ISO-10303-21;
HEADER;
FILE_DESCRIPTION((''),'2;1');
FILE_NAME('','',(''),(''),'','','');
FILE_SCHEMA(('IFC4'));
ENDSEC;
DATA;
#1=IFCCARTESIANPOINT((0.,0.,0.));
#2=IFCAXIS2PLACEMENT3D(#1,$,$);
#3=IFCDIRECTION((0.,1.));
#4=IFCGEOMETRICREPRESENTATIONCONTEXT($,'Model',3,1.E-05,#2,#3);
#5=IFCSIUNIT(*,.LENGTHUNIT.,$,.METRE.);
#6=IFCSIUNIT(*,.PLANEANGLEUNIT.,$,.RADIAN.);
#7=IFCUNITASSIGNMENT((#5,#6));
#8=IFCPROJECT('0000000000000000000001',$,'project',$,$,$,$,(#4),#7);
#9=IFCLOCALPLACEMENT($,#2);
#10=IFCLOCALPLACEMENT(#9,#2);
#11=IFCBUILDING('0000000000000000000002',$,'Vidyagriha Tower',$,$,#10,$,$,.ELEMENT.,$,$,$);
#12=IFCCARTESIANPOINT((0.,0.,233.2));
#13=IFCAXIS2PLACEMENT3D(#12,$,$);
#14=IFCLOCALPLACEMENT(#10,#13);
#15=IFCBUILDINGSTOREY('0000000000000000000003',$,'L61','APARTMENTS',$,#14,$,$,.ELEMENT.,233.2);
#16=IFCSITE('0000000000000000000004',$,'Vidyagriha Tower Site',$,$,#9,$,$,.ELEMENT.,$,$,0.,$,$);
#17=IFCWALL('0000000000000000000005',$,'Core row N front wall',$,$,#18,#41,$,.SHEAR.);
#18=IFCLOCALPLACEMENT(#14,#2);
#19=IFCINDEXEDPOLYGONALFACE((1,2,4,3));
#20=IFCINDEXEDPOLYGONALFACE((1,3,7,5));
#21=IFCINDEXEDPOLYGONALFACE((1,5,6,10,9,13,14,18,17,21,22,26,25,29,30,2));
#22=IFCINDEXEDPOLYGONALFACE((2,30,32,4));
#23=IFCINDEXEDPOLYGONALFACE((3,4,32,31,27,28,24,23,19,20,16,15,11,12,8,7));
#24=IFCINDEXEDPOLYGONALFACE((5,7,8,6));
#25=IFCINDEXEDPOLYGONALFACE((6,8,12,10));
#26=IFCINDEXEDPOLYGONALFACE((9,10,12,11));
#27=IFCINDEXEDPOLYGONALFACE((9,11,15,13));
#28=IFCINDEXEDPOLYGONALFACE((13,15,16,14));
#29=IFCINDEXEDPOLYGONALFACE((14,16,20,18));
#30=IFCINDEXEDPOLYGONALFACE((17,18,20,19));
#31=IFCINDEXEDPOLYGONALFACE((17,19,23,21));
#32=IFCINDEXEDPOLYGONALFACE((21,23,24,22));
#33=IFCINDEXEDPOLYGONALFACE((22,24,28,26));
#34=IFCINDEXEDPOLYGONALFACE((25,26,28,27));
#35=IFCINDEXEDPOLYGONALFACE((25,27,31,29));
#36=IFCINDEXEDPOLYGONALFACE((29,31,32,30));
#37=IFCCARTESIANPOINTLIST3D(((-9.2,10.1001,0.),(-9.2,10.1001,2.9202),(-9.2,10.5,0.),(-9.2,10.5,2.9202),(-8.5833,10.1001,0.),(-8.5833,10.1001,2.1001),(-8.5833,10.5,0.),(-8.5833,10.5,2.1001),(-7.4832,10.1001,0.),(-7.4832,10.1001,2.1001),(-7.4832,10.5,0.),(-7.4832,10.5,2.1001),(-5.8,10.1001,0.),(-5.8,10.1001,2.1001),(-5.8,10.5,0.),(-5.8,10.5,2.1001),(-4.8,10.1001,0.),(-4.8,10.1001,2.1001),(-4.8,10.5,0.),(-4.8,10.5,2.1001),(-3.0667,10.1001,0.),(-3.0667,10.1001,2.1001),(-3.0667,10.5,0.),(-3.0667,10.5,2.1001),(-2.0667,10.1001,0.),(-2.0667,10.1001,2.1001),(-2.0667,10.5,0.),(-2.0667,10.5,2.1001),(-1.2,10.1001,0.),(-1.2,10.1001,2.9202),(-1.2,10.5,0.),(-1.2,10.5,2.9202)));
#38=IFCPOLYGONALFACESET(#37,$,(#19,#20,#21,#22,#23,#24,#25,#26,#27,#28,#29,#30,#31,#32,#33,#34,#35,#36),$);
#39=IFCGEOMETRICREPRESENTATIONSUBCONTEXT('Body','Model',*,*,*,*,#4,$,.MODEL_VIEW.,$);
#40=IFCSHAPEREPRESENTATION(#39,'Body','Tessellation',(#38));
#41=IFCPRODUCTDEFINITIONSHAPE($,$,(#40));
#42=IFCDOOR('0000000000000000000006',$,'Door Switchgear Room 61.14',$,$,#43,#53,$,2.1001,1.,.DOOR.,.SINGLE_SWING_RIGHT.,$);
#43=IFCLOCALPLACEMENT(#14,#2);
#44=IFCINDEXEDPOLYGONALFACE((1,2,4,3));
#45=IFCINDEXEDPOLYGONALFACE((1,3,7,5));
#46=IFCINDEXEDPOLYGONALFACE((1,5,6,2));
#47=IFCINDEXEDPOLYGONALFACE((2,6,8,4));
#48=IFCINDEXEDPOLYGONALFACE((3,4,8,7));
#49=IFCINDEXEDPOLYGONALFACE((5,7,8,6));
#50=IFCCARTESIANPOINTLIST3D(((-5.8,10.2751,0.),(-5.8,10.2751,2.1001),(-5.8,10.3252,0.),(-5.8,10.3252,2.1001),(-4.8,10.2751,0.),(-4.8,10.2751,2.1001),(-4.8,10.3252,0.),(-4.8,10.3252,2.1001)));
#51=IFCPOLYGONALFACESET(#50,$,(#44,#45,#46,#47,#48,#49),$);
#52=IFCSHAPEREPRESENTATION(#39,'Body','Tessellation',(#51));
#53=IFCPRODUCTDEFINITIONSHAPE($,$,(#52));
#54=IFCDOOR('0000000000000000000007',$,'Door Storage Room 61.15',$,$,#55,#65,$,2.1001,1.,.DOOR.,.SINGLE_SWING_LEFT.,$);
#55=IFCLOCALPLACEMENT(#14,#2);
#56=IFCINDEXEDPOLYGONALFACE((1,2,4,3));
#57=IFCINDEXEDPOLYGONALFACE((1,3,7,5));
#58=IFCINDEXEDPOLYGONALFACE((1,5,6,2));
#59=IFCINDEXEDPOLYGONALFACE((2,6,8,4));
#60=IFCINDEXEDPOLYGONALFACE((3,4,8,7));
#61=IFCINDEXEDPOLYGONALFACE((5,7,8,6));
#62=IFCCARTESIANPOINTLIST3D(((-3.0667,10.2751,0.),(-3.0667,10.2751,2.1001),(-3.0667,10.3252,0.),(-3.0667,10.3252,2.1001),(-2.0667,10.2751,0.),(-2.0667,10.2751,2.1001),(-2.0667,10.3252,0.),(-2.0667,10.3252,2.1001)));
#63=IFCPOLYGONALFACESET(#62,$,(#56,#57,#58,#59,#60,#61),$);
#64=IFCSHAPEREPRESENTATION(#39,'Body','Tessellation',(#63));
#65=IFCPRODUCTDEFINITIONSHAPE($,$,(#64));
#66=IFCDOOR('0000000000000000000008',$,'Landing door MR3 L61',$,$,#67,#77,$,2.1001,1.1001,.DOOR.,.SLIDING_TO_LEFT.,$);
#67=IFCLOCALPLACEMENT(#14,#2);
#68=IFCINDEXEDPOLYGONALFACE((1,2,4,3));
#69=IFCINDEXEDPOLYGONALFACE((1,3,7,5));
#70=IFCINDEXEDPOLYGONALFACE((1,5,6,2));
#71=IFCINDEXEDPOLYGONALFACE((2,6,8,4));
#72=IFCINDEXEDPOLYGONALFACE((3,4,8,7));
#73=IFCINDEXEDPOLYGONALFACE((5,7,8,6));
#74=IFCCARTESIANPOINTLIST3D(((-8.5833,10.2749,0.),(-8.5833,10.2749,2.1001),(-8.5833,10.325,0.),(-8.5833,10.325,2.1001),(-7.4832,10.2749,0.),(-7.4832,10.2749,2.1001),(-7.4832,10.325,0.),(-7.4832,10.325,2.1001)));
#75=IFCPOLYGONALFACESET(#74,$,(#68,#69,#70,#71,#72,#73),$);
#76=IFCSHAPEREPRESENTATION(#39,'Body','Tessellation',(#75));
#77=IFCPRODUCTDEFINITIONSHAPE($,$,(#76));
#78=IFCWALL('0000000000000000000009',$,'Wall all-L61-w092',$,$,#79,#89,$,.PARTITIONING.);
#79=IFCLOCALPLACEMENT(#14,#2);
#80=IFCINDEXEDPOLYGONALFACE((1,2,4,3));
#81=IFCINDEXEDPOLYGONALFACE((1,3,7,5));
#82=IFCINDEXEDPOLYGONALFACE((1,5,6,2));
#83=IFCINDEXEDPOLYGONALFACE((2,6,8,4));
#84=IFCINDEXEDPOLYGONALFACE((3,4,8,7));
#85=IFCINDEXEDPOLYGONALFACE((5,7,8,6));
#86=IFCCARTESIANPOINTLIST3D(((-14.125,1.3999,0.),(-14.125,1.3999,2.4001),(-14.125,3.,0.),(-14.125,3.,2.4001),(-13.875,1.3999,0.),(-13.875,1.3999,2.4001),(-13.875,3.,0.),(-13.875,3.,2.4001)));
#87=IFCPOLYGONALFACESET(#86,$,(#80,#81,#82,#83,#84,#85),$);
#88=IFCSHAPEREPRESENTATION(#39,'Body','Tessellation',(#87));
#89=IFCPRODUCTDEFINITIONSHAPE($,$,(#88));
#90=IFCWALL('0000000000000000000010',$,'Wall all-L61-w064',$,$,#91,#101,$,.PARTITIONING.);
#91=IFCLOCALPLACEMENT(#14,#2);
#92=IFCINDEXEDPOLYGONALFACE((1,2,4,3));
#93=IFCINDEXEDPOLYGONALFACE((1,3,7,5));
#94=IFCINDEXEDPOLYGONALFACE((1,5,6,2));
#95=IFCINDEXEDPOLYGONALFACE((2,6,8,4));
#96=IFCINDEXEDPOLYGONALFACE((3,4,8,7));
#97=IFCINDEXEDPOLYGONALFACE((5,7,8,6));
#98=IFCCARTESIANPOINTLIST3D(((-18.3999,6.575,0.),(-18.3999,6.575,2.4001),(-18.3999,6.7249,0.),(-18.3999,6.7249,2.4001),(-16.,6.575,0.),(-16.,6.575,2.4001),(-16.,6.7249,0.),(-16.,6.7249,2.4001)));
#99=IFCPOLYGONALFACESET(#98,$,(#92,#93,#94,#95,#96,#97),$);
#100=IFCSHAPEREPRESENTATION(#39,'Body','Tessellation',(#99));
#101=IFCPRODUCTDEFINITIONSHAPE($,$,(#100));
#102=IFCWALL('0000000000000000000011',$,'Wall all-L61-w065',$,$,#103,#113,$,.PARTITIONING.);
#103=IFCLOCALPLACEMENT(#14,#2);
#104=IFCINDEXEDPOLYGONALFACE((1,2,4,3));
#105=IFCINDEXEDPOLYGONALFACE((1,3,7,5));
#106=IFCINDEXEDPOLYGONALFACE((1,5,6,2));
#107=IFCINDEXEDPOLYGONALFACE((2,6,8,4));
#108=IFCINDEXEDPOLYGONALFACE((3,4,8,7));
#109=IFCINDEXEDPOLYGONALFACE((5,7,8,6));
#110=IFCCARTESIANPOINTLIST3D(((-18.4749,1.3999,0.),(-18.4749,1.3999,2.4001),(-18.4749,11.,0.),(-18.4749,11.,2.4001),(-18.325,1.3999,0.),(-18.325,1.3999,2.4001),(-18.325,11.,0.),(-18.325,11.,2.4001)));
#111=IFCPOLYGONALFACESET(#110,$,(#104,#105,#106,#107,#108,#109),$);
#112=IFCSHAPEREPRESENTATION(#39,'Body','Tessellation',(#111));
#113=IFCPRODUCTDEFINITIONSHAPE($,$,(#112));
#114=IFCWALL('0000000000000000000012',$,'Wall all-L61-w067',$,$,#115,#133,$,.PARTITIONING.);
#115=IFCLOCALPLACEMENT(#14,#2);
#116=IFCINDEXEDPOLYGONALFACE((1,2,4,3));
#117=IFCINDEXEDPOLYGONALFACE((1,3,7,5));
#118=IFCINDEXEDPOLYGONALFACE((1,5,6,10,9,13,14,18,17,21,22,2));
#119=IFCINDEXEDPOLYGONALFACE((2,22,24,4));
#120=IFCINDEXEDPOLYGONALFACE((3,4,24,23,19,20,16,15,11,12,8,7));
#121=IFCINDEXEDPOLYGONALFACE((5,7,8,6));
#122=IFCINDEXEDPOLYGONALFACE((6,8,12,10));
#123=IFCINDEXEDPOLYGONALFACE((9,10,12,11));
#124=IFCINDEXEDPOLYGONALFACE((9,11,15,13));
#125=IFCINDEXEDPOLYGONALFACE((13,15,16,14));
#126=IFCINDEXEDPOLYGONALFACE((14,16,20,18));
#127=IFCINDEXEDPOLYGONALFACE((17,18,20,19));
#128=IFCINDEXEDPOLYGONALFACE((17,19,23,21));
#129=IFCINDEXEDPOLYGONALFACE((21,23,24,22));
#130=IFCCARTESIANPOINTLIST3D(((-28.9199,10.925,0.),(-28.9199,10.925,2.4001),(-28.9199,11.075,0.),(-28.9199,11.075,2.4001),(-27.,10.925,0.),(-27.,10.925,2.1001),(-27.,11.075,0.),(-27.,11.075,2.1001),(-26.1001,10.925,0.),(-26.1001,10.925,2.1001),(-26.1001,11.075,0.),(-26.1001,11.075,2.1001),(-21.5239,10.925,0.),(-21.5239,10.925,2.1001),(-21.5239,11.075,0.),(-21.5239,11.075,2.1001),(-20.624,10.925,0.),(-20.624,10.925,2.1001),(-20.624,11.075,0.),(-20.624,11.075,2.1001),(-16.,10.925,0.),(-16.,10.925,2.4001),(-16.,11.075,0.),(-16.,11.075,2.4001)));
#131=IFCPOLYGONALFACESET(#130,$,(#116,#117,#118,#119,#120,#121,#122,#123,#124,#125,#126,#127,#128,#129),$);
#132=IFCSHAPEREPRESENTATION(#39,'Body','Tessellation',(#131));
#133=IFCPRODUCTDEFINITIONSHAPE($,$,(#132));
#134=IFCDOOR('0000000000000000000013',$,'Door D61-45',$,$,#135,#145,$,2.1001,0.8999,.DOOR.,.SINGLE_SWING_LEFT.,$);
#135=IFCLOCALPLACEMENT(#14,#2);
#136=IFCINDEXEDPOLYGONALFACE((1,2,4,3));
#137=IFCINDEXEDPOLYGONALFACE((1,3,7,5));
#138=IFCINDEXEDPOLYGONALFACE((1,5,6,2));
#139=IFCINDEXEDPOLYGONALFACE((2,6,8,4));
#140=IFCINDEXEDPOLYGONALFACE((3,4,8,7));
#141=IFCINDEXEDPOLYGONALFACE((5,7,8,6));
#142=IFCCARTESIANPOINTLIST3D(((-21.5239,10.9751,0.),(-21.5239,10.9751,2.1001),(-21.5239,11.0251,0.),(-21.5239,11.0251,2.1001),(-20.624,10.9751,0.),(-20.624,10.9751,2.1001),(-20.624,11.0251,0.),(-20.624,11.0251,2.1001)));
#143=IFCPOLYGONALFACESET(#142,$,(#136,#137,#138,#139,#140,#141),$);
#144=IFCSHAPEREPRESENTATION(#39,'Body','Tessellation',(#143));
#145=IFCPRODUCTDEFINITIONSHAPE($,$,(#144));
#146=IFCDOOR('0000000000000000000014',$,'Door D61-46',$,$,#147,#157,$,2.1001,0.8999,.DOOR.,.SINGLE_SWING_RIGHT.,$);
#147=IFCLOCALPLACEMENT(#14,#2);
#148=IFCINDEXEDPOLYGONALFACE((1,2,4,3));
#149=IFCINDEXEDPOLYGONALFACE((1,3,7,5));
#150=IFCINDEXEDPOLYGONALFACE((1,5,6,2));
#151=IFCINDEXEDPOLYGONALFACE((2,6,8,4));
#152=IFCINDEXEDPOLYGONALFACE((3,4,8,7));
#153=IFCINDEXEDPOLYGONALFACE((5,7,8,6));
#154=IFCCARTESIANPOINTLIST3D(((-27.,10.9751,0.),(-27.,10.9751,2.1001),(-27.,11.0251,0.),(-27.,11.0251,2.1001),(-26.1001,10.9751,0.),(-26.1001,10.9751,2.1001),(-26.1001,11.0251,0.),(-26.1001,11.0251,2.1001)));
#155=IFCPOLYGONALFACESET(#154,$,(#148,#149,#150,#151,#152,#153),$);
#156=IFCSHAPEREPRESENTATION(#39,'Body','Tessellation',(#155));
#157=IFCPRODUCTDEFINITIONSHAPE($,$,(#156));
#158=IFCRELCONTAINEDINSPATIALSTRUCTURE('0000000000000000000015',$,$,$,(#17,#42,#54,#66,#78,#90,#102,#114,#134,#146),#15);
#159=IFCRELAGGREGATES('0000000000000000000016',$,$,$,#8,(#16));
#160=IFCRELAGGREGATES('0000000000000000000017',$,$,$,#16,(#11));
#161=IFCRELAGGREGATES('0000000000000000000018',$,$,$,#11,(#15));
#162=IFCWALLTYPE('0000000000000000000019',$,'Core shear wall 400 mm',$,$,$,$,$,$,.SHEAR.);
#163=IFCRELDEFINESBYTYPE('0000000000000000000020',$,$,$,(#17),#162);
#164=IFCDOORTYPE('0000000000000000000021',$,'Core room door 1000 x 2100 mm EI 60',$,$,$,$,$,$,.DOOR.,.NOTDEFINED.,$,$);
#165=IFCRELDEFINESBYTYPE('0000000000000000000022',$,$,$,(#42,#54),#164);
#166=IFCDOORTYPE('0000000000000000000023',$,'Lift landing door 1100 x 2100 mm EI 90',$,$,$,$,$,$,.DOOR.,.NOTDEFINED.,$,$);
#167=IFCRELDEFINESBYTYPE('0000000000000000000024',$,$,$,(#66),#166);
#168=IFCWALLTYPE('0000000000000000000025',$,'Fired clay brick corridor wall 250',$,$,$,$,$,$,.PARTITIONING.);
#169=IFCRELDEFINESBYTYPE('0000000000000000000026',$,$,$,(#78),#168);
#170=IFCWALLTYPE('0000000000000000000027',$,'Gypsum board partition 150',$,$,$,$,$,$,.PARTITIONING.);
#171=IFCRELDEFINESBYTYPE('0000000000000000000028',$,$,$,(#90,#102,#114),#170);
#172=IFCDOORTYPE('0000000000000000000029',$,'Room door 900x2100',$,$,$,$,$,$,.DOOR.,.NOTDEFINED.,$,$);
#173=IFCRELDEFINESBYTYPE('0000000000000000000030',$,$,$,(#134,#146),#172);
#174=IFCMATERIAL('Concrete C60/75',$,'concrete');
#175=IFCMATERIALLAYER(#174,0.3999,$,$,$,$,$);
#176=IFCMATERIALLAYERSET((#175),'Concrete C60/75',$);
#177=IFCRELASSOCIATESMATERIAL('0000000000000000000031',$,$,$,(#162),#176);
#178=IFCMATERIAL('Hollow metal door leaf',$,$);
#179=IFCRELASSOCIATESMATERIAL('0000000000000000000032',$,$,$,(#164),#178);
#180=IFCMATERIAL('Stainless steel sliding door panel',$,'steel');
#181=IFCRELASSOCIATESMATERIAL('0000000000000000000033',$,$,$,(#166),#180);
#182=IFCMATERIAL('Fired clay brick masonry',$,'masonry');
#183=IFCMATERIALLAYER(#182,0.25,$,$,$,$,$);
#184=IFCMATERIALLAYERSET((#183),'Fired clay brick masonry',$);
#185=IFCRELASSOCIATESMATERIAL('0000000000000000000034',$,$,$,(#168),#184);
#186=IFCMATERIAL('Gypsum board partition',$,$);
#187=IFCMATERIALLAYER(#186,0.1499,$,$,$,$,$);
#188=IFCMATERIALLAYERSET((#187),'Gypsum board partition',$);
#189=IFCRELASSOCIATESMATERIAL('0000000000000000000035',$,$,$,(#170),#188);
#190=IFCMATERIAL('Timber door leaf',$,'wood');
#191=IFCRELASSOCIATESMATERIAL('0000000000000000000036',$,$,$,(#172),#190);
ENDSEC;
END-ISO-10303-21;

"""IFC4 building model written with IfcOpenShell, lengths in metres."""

from ifc_helpers import new_model, si_unit, direction, frame, frame_2d, origin, place, context, subcontext, project, spatial, rectangle, extrude, material, layer, layer_set, type_object, element, fill, save


model = new_model("IFC4")

# Units and contexts
model_context = context("Model", 3, precision=1e-05, world=origin(), true_north=direction((0.0, 1.0)))
body_context = subcontext(model_context, "Body", "Model", "MODEL_VIEW")
ifc_project = project(units=[si_unit("LENGTHUNIT", "METRE"), si_unit("PLANEANGLEUNIT", "RADIAN")], contexts=[model_context])

# Site, building, storey
site_placement = place(None, origin())
site = spatial("IfcSite", under=ifc_project, at=site_placement, Name="Vidyagriha Tower Site", CompositionType="ELEMENT", RefElevation=0.0)
building_placement = place(site_placement, origin())
building = spatial("IfcBuilding", under=site, at=building_placement, Name="Vidyagriha Tower", CompositionType="ELEMENT")
storey_placement = place(building_placement, frame((0.0, 0.0, 233.2)))
storey = spatial("IfcBuildingStorey", under=building, at=storey_placement, Name="L61", Description="APARTMENTS", CompositionType="ELEMENT", Elevation=233.2)

# Shared definitions
ifc_material_1 = material(Name="Concrete C60/75", Category="concrete")
ifc_layer_1 = layer(ifc_material_1, 0.3999)
ifc_layer_set_1 = layer_set([ifc_layer_1], Name="Concrete C60/75")
wall_type_1 = type_object("IfcWallType", Name="Core shear wall 400 mm", PredefinedType="SHEAR", material=ifc_layer_set_1)

# Shared definitions
ifc_material_2 = material(Name="Hollow metal door leaf")
door_type_1 = type_object("IfcDoorType", Name="Core room door 1000 x 2100 mm EI 60", OperationType="NOTDEFINED", PredefinedType="DOOR", material=ifc_material_2)
ifc_material_3 = material(Name="Stainless steel sliding door panel", Category="steel")
door_type_2 = type_object("IfcDoorType", Name="Lift landing door 1100 x 2100 mm EI 90", OperationType="NOTDEFINED", PredefinedType="DOOR", material=ifc_material_3)

# Wall, openings, doors
wall_1_placement = place(storey_placement, frame((-9.2, 10.3, 0.0)))
wall_1 = element("IfcWall", 1, at=wall_1_placement, inside=storey, type_object=wall_type_1, Name="Core row N front wall", PredefinedType="SHEAR", context=body_context, shape_type="SweptSolid", body=[
    extrude(rectangle(XDim=8.0, YDim=0.3999, at=frame_2d((4.0, 0.0))), origin(), (0.0, 0.0, 1.0), 2.9202),
])
opening_1_placement = place(wall_1_placement, frame((0.6167, 0.0, 0.0)))
opening_1 = element("IfcOpeningElement", 2, at=opening_1_placement, cuts=wall_1, PredefinedType="OPENING", context=body_context, shape_type="SweptSolid", body=[
    extrude(rectangle(XDim=1.1001, YDim=2.1001, at=frame_2d((0.55, 1.05))), frame((0.0, 0.21, 0.0), z_axis=(0.0, -1.0, 0.0), x_axis=(1.0, 0.0, 0.0)), (0.0, 0.0, 1.0), 0.4199),
])
opening_2_placement = place(wall_1_placement, frame((3.3999, 0.0, 0.0)))
opening_2 = element("IfcOpeningElement", 3, at=opening_2_placement, cuts=wall_1, PredefinedType="OPENING", context=body_context, shape_type="SweptSolid", body=[
    extrude(rectangle(XDim=1.0, YDim=2.1001, at=frame_2d((0.5, 1.05))), frame((0.0, 0.21, 0.0), z_axis=(0.0, -1.0, 0.0), x_axis=(1.0, 0.0, 0.0)), (0.0, 0.0, 1.0), 0.4199),
])
opening_3_placement = place(wall_1_placement, frame((6.1333, 0.0, 0.0)))
opening_3 = element("IfcOpeningElement", 4, at=opening_3_placement, cuts=wall_1, PredefinedType="OPENING", context=body_context, shape_type="SweptSolid", body=[
    extrude(rectangle(XDim=1.0, YDim=2.1001, at=frame_2d((0.5, 1.05))), frame((0.0, 0.21, 0.0), z_axis=(0.0, -1.0, 0.0), x_axis=(1.0, 0.0, 0.0)), (0.0, 0.0, 1.0), 0.4199),
])
door_1_placement = place(opening_2_placement, frame((1.0, 0.0, 0.0), z_axis=(0.0, 0.0, 1.0), x_axis=(-1.0, 0.0, 0.0)))
door_1 = element("IfcDoor", 5, at=door_1_placement, inside=storey, type_object=door_type_1, Name="Door Switchgear Room 61.14", OperationType="SINGLE_SWING_RIGHT", OverallHeight=2.1001, OverallWidth=1.0, PredefinedType="DOOR", context=body_context, shape_type="SweptSolid", body=[
    extrude(rectangle(XDim=1.0, YDim=2.1001, at=frame_2d((0.5, 1.05))), frame((0.0, 0.0249, 0.0), z_axis=(0.0, -1.0, 0.0), x_axis=(1.0, 0.0, 0.0)), (0.0, 0.0, 1.0), 0.05),
])
fill(opening_2, door_1)
door_2_placement = place(opening_3_placement, frame((1.0, 0.0, 0.0), z_axis=(0.0, 0.0, 1.0), x_axis=(-1.0, 0.0, 0.0)))
door_2 = element("IfcDoor", 6, at=door_2_placement, inside=storey, type_object=door_type_1, Name="Door Storage Room 61.15", OperationType="SINGLE_SWING_LEFT", OverallHeight=2.1001, OverallWidth=1.0, PredefinedType="DOOR", context=body_context, shape_type="SweptSolid", body=[
    extrude(rectangle(XDim=1.0, YDim=2.1001, at=frame_2d((0.5, 1.05))), frame((0.0, 0.0249, 0.0), z_axis=(0.0, -1.0, 0.0), x_axis=(1.0, 0.0, 0.0)), (0.0, 0.0, 1.0), 0.05),
])
fill(opening_3, door_2)
door_3_placement = place(opening_1_placement, origin())
door_3 = element("IfcDoor", 7, at=door_3_placement, inside=storey, type_object=door_type_2, Name="Landing door MR3 L61", OperationType="SLIDING_TO_LEFT", OverallHeight=2.1001, OverallWidth=1.1001, PredefinedType="DOOR", context=body_context, shape_type="SweptSolid", body=[
    extrude(rectangle(XDim=1.1001, YDim=2.1001, at=frame_2d((0.55, 1.05))), frame((0.0, 0.0249, 0.0), z_axis=(0.0, -1.0, 0.0), x_axis=(1.0, 0.0, 0.0)), (0.0, 0.0, 1.0), 0.05),
])
fill(opening_1, door_3)

# Walls
ifc_material_4 = material(Name="Fired clay brick masonry", Category="masonry")
ifc_layer_2 = layer(ifc_material_4, 0.25)
ifc_layer_set_2 = layer_set([ifc_layer_2], Name="Fired clay brick masonry")
wall_type_2 = type_object("IfcWallType", Name="Fired clay brick corridor wall 250", PredefinedType="PARTITIONING", material=ifc_layer_set_2)
wall_2_placement = place(storey_placement, frame((-14.0, 3.0, 0.0), z_axis=(0.0, 0.0, 1.0), x_axis=(0.0, -1.0, 0.0)))
element("IfcWall", 8, at=wall_2_placement, inside=storey, type_object=wall_type_2, Name="Wall all-L61-w092", PredefinedType="PARTITIONING", context=body_context, shape_type="SweptSolid", body=[
    extrude(rectangle(XDim=1.6001, YDim=0.25, at=frame_2d((0.8, 0.0))), origin(), (0.0, 0.0, 1.0), 2.4001),
])
ifc_material_5 = material(Name="Gypsum board partition")
ifc_layer_3 = layer(ifc_material_5, 0.1499)
ifc_layer_set_3 = layer_set([ifc_layer_3], Name="Gypsum board partition")
wall_type_3 = type_object("IfcWallType", Name="Gypsum board partition 150", PredefinedType="PARTITIONING", material=ifc_layer_set_3)
wall_3_placement = place(storey_placement, frame((-18.3999, 6.6499, 0.0)))
element("IfcWall", 9, at=wall_3_placement, inside=storey, type_object=wall_type_3, Name="Wall all-L61-w064", PredefinedType="PARTITIONING", context=body_context, shape_type="SweptSolid", body=[
    extrude(rectangle(XDim=2.3999, YDim=0.1499, at=frame_2d((1.2, 0.0))), origin(), (0.0, 0.0, 1.0), 2.4001),
])
wall_4_placement = place(storey_placement, frame((-18.3999, 1.3999, 0.0), z_axis=(0.0, 0.0, 1.0), x_axis=(0.0, 1.0, 0.0)))
element("IfcWall", 10, at=wall_4_placement, inside=storey, type_object=wall_type_3, Name="Wall all-L61-w065", PredefinedType="PARTITIONING", context=body_context, shape_type="SweptSolid", body=[
    extrude(rectangle(XDim=9.6001, YDim=0.1499, at=frame_2d((4.8, 0.0))), origin(), (0.0, 0.0, 1.0), 2.4001),
])

# Wall, openings, doors
wall_5_placement = place(storey_placement, frame((-16.0, 11.0, 0.0), z_axis=(0.0, 0.0, 1.0), x_axis=(-1.0, 0.0, 0.0)))
wall_5 = element("IfcWall", 11, at=wall_5_placement, inside=storey, type_object=wall_type_3, Name="Wall all-L61-w067", PredefinedType="PARTITIONING", context=body_context, shape_type="SweptSolid", body=[
    extrude(rectangle(XDim=12.9199, YDim=0.1499, at=frame_2d((6.46, 0.0))), origin(), (0.0, 0.0, 1.0), 2.4001),
])
opening_4_placement = place(wall_5_placement, frame((4.624, 0.0, 0.0)))
opening_4 = element("IfcOpeningElement", 12, at=opening_4_placement, cuts=wall_5, PredefinedType="OPENING", context=body_context, shape_type="SweptSolid", body=[
    extrude(rectangle(XDim=0.8999, YDim=2.1001, at=frame_2d((0.45, 1.05))), frame((0.0, 0.085, 0.0), z_axis=(0.0, -1.0, 0.0), x_axis=(1.0, 0.0, 0.0)), (0.0, 0.0, 1.0), 0.1699),
])
opening_5_placement = place(wall_5_placement, frame((10.1001, 0.0, 0.0)))
opening_5 = element("IfcOpeningElement", 13, at=opening_5_placement, cuts=wall_5, PredefinedType="OPENING", context=body_context, shape_type="SweptSolid", body=[
    extrude(rectangle(XDim=0.8999, YDim=2.1001, at=frame_2d((0.45, 1.05))), frame((0.0, 0.085, 0.0), z_axis=(0.0, -1.0, 0.0), x_axis=(1.0, 0.0, 0.0)), (0.0, 0.0, 1.0), 0.1699),
])
ifc_material_6 = material(Name="Timber door leaf", Category="wood")
door_type_3 = type_object("IfcDoorType", Name="Room door 900x2100", OperationType="NOTDEFINED", PredefinedType="DOOR", material=ifc_material_6)
door_4_placement = place(opening_4_placement, origin())
door_4 = element("IfcDoor", 14, at=door_4_placement, inside=storey, type_object=door_type_3, Name="Door D61-45", OperationType="SINGLE_SWING_LEFT", OverallHeight=2.1001, OverallWidth=0.8999, PredefinedType="DOOR", context=body_context, shape_type="SweptSolid", body=[
    extrude(rectangle(XDim=0.8999, YDim=2.1001, at=frame_2d((0.45, 1.05))), frame((0.0, 0.0249, 0.0), z_axis=(0.0, -1.0, 0.0), x_axis=(1.0, 0.0, 0.0)), (0.0, 0.0, 1.0), 0.05),
])
fill(opening_4, door_4)
door_5_placement = place(opening_5_placement, origin())
door_5 = element("IfcDoor", 15, at=door_5_placement, inside=storey, type_object=door_type_3, Name="Door D61-46", OperationType="SINGLE_SWING_RIGHT", OverallHeight=2.1001, OverallWidth=0.8999, PredefinedType="DOOR", context=body_context, shape_type="SweptSolid", body=[
    extrude(rectangle(XDim=0.8999, YDim=2.1001, at=frame_2d((0.45, 1.05))), frame((0.0, 0.0249, 0.0), z_axis=(0.0, -1.0, 0.0), x_axis=(1.0, 0.0, 0.0)), (0.0, 0.0, 1.0), 0.05),
])
fill(opening_5, door_5)

save(model, "model.ifc")
